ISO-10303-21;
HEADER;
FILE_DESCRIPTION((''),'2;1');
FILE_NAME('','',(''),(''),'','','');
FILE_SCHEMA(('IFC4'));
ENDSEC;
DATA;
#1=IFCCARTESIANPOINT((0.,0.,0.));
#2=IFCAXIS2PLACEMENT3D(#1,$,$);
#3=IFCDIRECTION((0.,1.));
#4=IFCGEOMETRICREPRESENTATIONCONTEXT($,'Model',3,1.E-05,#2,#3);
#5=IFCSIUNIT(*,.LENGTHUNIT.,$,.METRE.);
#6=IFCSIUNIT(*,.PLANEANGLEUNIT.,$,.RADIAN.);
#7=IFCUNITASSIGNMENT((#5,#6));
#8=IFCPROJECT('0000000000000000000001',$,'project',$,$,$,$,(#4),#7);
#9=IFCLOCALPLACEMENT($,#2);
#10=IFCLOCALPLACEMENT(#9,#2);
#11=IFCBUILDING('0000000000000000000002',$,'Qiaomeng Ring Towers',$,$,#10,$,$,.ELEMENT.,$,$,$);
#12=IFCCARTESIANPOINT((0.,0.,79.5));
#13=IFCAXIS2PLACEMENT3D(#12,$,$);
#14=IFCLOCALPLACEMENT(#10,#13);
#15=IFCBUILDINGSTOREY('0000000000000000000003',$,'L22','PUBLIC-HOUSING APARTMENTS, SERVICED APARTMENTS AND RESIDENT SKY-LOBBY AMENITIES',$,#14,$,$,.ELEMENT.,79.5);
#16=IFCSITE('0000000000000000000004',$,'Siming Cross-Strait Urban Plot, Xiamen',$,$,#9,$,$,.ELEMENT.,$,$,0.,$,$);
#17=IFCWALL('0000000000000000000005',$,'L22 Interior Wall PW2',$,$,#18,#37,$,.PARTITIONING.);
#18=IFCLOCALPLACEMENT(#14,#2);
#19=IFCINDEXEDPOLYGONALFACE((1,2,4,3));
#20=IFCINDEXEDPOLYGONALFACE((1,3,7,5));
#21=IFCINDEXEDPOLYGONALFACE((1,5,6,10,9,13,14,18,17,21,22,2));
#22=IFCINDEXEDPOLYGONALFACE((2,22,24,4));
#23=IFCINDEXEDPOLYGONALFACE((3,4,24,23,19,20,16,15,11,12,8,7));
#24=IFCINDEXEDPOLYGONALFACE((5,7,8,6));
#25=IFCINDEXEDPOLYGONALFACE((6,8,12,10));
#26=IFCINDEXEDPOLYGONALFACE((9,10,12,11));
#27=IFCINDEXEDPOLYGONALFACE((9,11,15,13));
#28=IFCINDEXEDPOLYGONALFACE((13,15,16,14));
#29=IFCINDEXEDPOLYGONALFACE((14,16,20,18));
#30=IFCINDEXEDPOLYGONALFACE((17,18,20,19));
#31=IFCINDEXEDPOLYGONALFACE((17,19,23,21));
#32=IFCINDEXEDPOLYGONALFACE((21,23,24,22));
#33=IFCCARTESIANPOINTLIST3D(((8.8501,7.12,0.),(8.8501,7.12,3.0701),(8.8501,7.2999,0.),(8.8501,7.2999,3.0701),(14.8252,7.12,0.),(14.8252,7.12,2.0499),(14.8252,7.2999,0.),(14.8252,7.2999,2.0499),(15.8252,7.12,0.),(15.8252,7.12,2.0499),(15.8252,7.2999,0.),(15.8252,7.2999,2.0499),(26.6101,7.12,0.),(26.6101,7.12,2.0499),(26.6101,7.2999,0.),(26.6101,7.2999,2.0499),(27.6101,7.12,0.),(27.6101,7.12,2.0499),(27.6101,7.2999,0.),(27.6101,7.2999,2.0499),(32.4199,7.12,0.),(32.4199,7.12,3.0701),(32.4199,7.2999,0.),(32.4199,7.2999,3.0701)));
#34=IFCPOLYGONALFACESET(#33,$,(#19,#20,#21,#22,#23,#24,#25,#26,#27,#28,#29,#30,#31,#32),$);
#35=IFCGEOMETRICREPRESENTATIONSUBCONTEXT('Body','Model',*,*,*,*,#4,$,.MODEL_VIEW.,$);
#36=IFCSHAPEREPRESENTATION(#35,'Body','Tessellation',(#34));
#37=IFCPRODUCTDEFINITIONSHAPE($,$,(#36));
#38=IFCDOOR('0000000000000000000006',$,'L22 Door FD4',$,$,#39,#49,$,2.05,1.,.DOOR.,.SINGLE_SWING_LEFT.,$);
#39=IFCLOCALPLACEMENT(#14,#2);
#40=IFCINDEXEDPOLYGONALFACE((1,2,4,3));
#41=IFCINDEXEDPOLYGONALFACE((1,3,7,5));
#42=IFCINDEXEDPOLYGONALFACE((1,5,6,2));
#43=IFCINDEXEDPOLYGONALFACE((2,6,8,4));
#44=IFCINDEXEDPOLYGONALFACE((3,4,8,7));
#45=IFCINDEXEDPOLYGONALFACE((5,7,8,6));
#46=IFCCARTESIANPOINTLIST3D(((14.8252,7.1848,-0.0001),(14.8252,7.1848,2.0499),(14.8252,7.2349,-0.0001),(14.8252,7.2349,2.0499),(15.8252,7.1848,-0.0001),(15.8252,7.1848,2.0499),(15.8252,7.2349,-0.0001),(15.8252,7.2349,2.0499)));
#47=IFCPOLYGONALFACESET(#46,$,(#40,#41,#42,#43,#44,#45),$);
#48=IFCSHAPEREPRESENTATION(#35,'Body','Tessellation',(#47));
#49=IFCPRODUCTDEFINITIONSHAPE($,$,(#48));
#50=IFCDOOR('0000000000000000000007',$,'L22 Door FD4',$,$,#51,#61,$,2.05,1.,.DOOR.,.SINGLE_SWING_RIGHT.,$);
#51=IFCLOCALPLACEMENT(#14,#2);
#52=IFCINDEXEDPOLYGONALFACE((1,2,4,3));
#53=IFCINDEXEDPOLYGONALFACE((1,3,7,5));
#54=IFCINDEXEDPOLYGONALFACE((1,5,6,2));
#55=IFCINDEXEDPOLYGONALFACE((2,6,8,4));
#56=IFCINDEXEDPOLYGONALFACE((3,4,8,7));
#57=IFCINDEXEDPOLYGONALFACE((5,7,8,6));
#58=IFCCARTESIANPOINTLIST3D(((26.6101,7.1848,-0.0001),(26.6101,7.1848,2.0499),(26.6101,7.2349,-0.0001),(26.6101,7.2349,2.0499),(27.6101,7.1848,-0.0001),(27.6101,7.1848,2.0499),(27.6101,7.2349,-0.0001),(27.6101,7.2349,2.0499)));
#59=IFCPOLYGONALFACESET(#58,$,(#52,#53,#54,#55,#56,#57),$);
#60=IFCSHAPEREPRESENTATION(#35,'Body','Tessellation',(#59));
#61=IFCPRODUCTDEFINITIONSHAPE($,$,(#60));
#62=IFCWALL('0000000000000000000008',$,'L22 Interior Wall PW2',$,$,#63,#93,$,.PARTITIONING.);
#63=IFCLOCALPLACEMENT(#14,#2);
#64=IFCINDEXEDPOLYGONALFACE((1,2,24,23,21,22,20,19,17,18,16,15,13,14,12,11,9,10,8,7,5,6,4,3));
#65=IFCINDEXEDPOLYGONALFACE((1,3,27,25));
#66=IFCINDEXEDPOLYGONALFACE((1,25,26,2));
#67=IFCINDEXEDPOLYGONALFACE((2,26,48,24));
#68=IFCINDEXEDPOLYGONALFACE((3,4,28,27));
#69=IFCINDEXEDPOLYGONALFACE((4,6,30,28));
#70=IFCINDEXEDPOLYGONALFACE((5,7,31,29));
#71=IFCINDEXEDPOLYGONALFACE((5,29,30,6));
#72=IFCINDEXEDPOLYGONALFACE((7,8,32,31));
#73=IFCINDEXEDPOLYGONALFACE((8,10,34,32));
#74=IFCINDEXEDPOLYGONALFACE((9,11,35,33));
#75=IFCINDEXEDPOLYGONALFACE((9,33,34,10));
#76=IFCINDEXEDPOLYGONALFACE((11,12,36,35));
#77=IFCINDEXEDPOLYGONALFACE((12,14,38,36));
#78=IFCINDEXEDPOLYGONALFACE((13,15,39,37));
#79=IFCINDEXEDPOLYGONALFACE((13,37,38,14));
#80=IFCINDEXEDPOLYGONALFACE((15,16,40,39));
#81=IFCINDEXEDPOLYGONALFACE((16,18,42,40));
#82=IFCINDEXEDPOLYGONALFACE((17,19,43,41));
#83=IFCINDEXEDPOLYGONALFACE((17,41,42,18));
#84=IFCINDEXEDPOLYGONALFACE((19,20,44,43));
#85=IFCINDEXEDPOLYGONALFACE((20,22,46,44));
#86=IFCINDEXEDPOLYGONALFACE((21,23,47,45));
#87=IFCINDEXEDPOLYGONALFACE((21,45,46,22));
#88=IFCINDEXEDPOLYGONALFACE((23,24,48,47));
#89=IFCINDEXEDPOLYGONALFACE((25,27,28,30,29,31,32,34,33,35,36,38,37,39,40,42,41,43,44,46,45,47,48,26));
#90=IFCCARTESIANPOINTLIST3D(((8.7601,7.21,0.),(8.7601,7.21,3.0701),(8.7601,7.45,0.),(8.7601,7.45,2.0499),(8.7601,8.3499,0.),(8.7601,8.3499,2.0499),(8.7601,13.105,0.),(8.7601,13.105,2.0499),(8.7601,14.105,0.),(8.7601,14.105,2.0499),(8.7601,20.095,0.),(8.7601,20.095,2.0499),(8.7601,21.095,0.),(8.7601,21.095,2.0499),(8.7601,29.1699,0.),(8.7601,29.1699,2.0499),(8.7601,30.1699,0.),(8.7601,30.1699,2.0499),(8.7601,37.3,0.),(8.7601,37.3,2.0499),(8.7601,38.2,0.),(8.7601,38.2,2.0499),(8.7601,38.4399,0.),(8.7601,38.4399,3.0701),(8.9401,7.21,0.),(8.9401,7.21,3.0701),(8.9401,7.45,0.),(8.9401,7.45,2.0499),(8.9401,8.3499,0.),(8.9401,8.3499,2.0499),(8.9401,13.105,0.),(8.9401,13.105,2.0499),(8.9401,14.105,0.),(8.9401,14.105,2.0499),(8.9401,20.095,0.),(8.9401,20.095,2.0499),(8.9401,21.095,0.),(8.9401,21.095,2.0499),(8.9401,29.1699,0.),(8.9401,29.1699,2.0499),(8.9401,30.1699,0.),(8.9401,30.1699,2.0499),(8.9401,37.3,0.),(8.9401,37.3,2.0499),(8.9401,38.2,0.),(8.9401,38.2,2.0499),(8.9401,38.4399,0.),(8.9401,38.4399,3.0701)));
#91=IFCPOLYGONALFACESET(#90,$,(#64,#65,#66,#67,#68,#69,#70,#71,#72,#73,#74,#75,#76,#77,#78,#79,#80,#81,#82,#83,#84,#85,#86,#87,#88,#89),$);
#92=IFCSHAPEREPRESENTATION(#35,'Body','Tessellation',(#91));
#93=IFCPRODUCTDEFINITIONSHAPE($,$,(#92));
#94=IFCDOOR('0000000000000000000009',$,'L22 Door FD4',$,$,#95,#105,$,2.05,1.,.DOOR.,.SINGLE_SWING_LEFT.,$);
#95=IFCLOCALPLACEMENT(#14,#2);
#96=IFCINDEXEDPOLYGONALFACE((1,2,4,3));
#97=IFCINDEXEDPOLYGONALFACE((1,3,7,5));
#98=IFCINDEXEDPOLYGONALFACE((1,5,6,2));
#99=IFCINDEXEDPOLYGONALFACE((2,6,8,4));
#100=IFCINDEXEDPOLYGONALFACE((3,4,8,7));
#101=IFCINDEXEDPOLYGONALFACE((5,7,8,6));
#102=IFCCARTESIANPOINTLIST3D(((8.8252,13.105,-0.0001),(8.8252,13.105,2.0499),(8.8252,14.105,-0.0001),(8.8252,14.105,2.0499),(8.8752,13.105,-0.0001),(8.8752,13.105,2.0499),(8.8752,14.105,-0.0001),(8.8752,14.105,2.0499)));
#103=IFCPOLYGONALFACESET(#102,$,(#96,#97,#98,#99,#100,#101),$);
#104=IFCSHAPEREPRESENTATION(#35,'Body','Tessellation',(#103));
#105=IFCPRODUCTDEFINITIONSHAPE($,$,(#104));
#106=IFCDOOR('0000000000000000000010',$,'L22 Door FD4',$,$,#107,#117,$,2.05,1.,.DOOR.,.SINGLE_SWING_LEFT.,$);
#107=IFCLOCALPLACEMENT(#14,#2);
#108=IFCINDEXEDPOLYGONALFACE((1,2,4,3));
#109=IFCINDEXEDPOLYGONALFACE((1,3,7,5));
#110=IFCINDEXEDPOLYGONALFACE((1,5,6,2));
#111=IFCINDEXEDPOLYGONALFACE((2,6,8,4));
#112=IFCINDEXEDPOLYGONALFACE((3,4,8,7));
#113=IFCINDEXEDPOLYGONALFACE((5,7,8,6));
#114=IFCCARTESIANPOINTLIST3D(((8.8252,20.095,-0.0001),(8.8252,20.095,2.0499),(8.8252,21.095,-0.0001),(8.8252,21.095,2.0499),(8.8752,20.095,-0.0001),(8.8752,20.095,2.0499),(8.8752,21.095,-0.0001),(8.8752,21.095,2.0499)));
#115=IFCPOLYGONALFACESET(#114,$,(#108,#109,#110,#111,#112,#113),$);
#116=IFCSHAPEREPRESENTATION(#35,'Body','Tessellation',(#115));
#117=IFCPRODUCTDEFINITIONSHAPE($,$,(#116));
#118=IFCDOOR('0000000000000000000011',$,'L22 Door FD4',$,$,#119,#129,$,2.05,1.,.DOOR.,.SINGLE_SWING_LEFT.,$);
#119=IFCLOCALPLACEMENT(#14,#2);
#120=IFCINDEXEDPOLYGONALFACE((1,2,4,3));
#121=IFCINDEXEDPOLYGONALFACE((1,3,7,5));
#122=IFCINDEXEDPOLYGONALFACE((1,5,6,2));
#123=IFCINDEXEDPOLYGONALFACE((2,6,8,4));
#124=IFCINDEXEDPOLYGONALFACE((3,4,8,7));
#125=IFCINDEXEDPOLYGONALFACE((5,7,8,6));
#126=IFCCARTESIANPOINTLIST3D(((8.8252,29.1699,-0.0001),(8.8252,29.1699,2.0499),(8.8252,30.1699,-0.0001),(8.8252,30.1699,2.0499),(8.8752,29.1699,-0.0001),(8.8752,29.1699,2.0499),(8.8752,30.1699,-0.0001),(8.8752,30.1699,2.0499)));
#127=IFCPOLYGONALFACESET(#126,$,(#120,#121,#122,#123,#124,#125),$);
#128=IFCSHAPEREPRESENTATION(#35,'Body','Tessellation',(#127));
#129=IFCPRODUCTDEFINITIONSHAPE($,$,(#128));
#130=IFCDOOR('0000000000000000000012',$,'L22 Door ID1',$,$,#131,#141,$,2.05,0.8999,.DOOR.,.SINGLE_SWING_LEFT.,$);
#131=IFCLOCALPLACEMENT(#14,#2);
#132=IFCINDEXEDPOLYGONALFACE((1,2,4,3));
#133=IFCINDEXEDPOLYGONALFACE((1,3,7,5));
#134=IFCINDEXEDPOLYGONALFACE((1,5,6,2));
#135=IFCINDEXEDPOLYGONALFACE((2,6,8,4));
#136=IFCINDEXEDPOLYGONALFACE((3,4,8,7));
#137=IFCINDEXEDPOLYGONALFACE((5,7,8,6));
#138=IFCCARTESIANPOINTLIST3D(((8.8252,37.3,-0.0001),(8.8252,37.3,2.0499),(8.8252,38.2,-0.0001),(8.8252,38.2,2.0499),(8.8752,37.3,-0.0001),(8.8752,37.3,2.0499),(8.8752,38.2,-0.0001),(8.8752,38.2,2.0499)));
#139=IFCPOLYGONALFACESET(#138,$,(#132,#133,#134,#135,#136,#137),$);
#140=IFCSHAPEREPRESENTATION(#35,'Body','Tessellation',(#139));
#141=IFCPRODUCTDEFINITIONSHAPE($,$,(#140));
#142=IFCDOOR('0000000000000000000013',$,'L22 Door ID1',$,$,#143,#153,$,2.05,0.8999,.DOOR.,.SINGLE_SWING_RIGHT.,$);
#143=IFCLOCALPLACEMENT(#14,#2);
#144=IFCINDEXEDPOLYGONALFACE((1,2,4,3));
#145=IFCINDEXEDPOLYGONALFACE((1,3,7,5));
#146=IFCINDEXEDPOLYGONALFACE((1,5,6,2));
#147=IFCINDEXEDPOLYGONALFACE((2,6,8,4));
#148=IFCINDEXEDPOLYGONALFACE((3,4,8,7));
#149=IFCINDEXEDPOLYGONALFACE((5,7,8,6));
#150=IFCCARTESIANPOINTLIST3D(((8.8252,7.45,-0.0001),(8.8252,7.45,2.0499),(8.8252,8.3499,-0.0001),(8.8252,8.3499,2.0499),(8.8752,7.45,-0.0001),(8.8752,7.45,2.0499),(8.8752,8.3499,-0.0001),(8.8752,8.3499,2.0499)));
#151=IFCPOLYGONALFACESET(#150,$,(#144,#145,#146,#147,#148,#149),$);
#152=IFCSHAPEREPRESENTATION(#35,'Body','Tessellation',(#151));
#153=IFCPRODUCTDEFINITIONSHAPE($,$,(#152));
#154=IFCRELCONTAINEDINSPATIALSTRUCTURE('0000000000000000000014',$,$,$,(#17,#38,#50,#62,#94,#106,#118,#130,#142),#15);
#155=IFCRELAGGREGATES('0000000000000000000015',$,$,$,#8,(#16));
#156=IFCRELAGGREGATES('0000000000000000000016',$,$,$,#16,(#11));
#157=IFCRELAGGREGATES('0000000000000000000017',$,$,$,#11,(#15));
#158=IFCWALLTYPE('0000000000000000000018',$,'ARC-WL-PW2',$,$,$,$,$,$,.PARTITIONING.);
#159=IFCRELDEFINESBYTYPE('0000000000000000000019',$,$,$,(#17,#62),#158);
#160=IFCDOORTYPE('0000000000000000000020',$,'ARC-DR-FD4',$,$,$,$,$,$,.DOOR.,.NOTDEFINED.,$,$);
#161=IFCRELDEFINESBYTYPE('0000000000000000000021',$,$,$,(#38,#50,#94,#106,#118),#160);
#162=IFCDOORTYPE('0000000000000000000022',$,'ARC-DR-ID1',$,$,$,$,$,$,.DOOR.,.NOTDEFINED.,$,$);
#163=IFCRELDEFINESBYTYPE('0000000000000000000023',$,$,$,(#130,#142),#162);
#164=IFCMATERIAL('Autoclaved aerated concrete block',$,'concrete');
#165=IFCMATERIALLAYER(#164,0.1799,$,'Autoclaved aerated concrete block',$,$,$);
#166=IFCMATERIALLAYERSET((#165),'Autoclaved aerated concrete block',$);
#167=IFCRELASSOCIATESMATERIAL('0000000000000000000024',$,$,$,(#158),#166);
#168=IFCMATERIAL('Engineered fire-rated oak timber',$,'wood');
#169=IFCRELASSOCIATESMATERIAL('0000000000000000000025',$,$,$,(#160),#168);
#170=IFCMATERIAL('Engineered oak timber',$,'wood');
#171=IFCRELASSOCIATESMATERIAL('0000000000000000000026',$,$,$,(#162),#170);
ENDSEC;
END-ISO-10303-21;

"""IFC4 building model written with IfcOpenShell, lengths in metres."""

from ifc_helpers import new_model, si_unit, direction, frame, frame_2d, origin, place, context, subcontext, project, spatial, rectangle, extrude, source, transform, mapped, material, layer, layer_set, type_object, element, fill, save


model = new_model("IFC4")

# Units and contexts
model_context = context("Model", 3, precision=1e-05, world=origin(), true_north=direction((0.0, 1.0)))
body_context = subcontext(model_context, "Body", "Model", "MODEL_VIEW")
ifc_project = project(units=[si_unit("LENGTHUNIT", "METRE"), si_unit("PLANEANGLEUNIT", "RADIAN")], contexts=[model_context])

# Site, building, storey
site_placement = place(None, origin())
site = spatial("IfcSite", under=ifc_project, at=site_placement, Name="Siming Cross-Strait Urban Plot, Xiamen", CompositionType="ELEMENT", RefElevation=0.0)
building_placement = place(site_placement, origin())
building = spatial("IfcBuilding", under=site, at=building_placement, Name="Qiaomeng Ring Towers", CompositionType="ELEMENT")
storey_placement = place(building_placement, frame((0.0, 0.0, 79.5)))
storey = spatial("IfcBuildingStorey", under=building, at=storey_placement, Name="L22", Description="PUBLIC-HOUSING APARTMENTS, SERVICED APARTMENTS AND RESIDENT SKY-LOBBY AMENITIES", CompositionType="ELEMENT", Elevation=79.5)

# Walls, openings, doors
ifc_material_1 = material(Name="Autoclaved aerated concrete block", Category="concrete")
ifc_layer_1 = layer(ifc_material_1, 0.1799, Name="Autoclaved aerated concrete block")
ifc_layer_set_1 = layer_set([ifc_layer_1], Name="Autoclaved aerated concrete block")
wall_type_1 = type_object("IfcWallType", Name="ARC-WL-PW2", PredefinedType="PARTITIONING", material=ifc_layer_set_1)
wall_1_placement = place(storey_placement, frame((8.8501, 7.21, 0.0), z_axis=(0.0, 0.0, 1.0), x_axis=(1.0, 0.0, 0.0)))
wall_1 = element("IfcWall", 1, at=wall_1_placement, inside=storey, type_object=wall_type_1, Name="L22 Interior Wall PW2", PredefinedType="PARTITIONING", context=body_context, shape_type="SweptSolid", body=[
    extrude(rectangle(XDim=23.5698, YDim=0.1799, at=frame_2d((11.7849, 0.0))), origin(), (0.0, 0.0, 1.0), 3.0701),
])
opening_1_placement = place(wall_1_placement, frame((5.9751, 0.0, 0.0)))
opening_1 = element("IfcOpeningElement", 2, at=opening_1_placement, cuts=wall_1, PredefinedType="OPENING", context=body_context, shape_type="SweptSolid", body=[
    extrude(rectangle(XDim=1.0, YDim=2.05, at=frame_2d((0.5, 1.0249))), frame((0.0, 0.0999, 0.0), z_axis=(0.0, -1.0, 0.0), x_axis=(1.0, 0.0, 0.0)), (0.0, 0.0, 1.0), 0.2),
])
opening_2_placement = place(wall_1_placement, frame((17.76, 0.0, 0.0)))
opening_2 = element("IfcOpeningElement", 3, at=opening_2_placement, cuts=wall_1, PredefinedType="OPENING", context=body_context, shape_type="SweptSolid", body=[
    extrude(rectangle(XDim=1.0, YDim=2.05, at=frame_2d((0.5, 1.0249))), frame((0.0, 0.0999, 0.0), z_axis=(0.0, -1.0, 0.0), x_axis=(1.0, 0.0, 0.0)), (0.0, 0.0, 1.0), 0.2),
])
ifc_material_2 = material(Name="Engineered fire-rated oak timber", Category="wood")
door_type_1 = type_object("IfcDoorType", Name="ARC-DR-FD4", OperationType="NOTDEFINED", PredefinedType="DOOR", material=ifc_material_2)
shared_shape_1 = source(origin(), body_context, "Body", "SweptSolid", [
    extrude(rectangle(XDim=1.0, YDim=2.05, at=frame_2d((0.5, 1.0249))), frame((0.0, 0.0249, 0.0), z_axis=(0.0, -1.0, 0.0), x_axis=(1.0, 0.0, 0.0)), (0.0, 0.0, 1.0), 0.05),
])
door_1_placement = place(opening_1_placement, origin())
door_1 = element("IfcDoor", 4, at=door_1_placement, inside=storey, type_object=door_type_1, Name="L22 Door FD4", OperationType="SINGLE_SWING_LEFT", OverallHeight=2.05, OverallWidth=1.0, PredefinedType="DOOR", context=body_context, shape_type="MappedRepresentation", body=[
    mapped(shared_shape_1, transform((0.0, 0.0, 0.0), x_axis=(1.0, 0.0, 0.0), y_axis=(0.0, 1.0, 0.0), z_axis=(0.0, 0.0, 1.0), scale=1.0)),
])
fill(opening_1, door_1)
door_2_placement = place(opening_2_placement, origin())
door_2 = element("IfcDoor", 5, at=door_2_placement, inside=storey, type_object=door_type_1, Name="L22 Door FD4", OperationType="SINGLE_SWING_RIGHT", OverallHeight=2.05, OverallWidth=1.0, PredefinedType="DOOR", context=body_context, shape_type="MappedRepresentation", body=[
    mapped(shared_shape_1, transform((0.0, 0.0, 0.0), x_axis=(1.0, 0.0, 0.0), y_axis=(0.0, 1.0, 0.0), z_axis=(0.0, 0.0, 1.0), scale=1.0)),
])
fill(opening_2, door_2)
wall_2_placement = place(storey_placement, frame((8.8501, 7.21, 0.0), z_axis=(0.0, 0.0, 1.0), x_axis=(0.0, 1.0, 0.0)))
wall_2 = element("IfcWall", 6, at=wall_2_placement, inside=storey, type_object=wall_type_1, Name="L22 Interior Wall PW2", PredefinedType="PARTITIONING", context=body_context, shape_type="SweptSolid", body=[
    extrude(rectangle(XDim=31.23, YDim=0.1799, at=frame_2d((15.615, 0.0))), origin(), (0.0, 0.0, 1.0), 3.0701),
])
opening_3_placement = place(wall_2_placement, frame((30.0901, 0.0, 0.0)))
opening_3 = element("IfcOpeningElement", 7, at=opening_3_placement, cuts=wall_2, PredefinedType="OPENING", context=body_context, shape_type="SweptSolid", body=[
    extrude(rectangle(XDim=0.8999, YDim=2.05, at=frame_2d((0.45, 1.0249))), frame((0.0, 0.0999, 0.0), z_axis=(0.0, -1.0, 0.0), x_axis=(1.0, 0.0, 0.0)), (0.0, 0.0, 1.0), 0.2),
])
opening_4_placement = place(wall_2_placement, frame((0.24, 0.0, 0.0)))
opening_4 = element("IfcOpeningElement", 8, at=opening_4_placement, cuts=wall_2, PredefinedType="OPENING", context=body_context, shape_type="SweptSolid", body=[
    extrude(rectangle(XDim=0.8999, YDim=2.05, at=frame_2d((0.45, 1.0249))), frame((0.0, 0.0999, 0.0), z_axis=(0.0, -1.0, 0.0), x_axis=(1.0, 0.0, 0.0)), (0.0, 0.0, 1.0), 0.2),
])
opening_5_placement = place(wall_2_placement, frame((5.895, 0.0, 0.0)))
opening_5 = element("IfcOpeningElement", 9, at=opening_5_placement, cuts=wall_2, PredefinedType="OPENING", context=body_context, shape_type="SweptSolid", body=[
    extrude(rectangle(XDim=1.0, YDim=2.05, at=frame_2d((0.5, 1.0249))), frame((0.0, 0.0999, 0.0), z_axis=(0.0, -1.0, 0.0), x_axis=(1.0, 0.0, 0.0)), (0.0, 0.0, 1.0), 0.2),
])
opening_6_placement = place(wall_2_placement, frame((12.885, 0.0, 0.0)))
opening_6 = element("IfcOpeningElement", 10, at=opening_6_placement, cuts=wall_2, PredefinedType="OPENING", context=body_context, shape_type="SweptSolid", body=[
    extrude(rectangle(XDim=1.0, YDim=2.05, at=frame_2d((0.5, 1.0249))), frame((0.0, 0.0999, 0.0), z_axis=(0.0, -1.0, 0.0), x_axis=(1.0, 0.0, 0.0)), (0.0, 0.0, 1.0), 0.2),
])
opening_7_placement = place(wall_2_placement, frame((21.96, 0.0, 0.0)))
opening_7 = element("IfcOpeningElement", 11, at=opening_7_placement, cuts=wall_2, PredefinedType="OPENING", context=body_context, shape_type="SweptSolid", body=[
    extrude(rectangle(XDim=1.0, YDim=2.05, at=frame_2d((0.5, 1.0249))), frame((0.0, 0.0999, 0.0), z_axis=(0.0, -1.0, 0.0), x_axis=(1.0, 0.0, 0.0)), (0.0, 0.0, 1.0), 0.2),
])
door_3_placement = place(opening_5_placement, origin())
door_3 = element("IfcDoor", 12, at=door_3_placement, inside=storey, type_object=door_type_1, Name="L22 Door FD4", OperationType="SINGLE_SWING_LEFT", OverallHeight=2.05, OverallWidth=1.0, PredefinedType="DOOR", context=body_context, shape_type="MappedRepresentation", body=[
    mapped(shared_shape_1, transform((0.0, 0.0, 0.0), x_axis=(1.0, 0.0, 0.0), y_axis=(0.0, 1.0, 0.0), z_axis=(0.0, 0.0, 1.0), scale=1.0)),
])
fill(opening_5, door_3)
door_4_placement = place(opening_6_placement, origin())
door_4 = element("IfcDoor", 13, at=door_4_placement, inside=storey, type_object=door_type_1, Name="L22 Door FD4", OperationType="SINGLE_SWING_LEFT", OverallHeight=2.05, OverallWidth=1.0, PredefinedType="DOOR", context=body_context, shape_type="MappedRepresentation", body=[
    mapped(shared_shape_1, transform((0.0, 0.0, 0.0), x_axis=(1.0, 0.0, 0.0), y_axis=(0.0, 1.0, 0.0), z_axis=(0.0, 0.0, 1.0), scale=1.0)),
])
fill(opening_6, door_4)
door_5_placement = place(opening_7_placement, origin())
door_5 = element("IfcDoor", 14, at=door_5_placement, inside=storey, type_object=door_type_1, Name="L22 Door FD4", OperationType="SINGLE_SWING_LEFT", OverallHeight=2.05, OverallWidth=1.0, PredefinedType="DOOR", context=body_context, shape_type="MappedRepresentation", body=[
    mapped(shared_shape_1, transform((0.0, 0.0, 0.0), x_axis=(1.0, 0.0, 0.0), y_axis=(0.0, 1.0, 0.0), z_axis=(0.0, 0.0, 1.0), scale=1.0)),
])
fill(opening_7, door_5)
ifc_material_3 = material(Name="Engineered oak timber", Category="wood")
door_type_2 = type_object("IfcDoorType", Name="ARC-DR-ID1", OperationType="NOTDEFINED", PredefinedType="DOOR", material=ifc_material_3)
shared_shape_2 = source(origin(), body_context, "Body", "SweptSolid", [
    extrude(rectangle(XDim=0.8999, YDim=2.05, at=frame_2d((0.45, 1.0249))), frame((0.0, 0.0249, 0.0), z_axis=(0.0, -1.0, 0.0), x_axis=(1.0, 0.0, 0.0)), (0.0, 0.0, 1.0), 0.05),
])
door_6_placement = place(opening_3_placement, origin())
door_6 = element("IfcDoor", 15, at=door_6_placement, inside=storey, type_object=door_type_2, Name="L22 Door ID1", OperationType="SINGLE_SWING_LEFT", OverallHeight=2.05, OverallWidth=0.8999, PredefinedType="DOOR", context=body_context, shape_type="MappedRepresentation", body=[
    mapped(shared_shape_2, transform((0.0, 0.0, 0.0), x_axis=(1.0, 0.0, 0.0), y_axis=(0.0, 1.0, 0.0), z_axis=(0.0, 0.0, 1.0), scale=1.0)),
])
fill(opening_3, door_6)
door_7_placement = place(opening_4_placement, origin())
door_7 = element("IfcDoor", 16, at=door_7_placement, inside=storey, type_object=door_type_2, Name="L22 Door ID1", OperationType="SINGLE_SWING_RIGHT", OverallHeight=2.05, OverallWidth=0.8999, PredefinedType="DOOR", context=body_context, shape_type="MappedRepresentation", body=[
    mapped(shared_shape_2, transform((0.0, 0.0, 0.0), x_axis=(1.0, 0.0, 0.0), y_axis=(0.0, 1.0, 0.0), z_axis=(0.0, 0.0, 1.0), scale=1.0)),
])
fill(opening_4, door_7)

save(model, "model.ifc")
